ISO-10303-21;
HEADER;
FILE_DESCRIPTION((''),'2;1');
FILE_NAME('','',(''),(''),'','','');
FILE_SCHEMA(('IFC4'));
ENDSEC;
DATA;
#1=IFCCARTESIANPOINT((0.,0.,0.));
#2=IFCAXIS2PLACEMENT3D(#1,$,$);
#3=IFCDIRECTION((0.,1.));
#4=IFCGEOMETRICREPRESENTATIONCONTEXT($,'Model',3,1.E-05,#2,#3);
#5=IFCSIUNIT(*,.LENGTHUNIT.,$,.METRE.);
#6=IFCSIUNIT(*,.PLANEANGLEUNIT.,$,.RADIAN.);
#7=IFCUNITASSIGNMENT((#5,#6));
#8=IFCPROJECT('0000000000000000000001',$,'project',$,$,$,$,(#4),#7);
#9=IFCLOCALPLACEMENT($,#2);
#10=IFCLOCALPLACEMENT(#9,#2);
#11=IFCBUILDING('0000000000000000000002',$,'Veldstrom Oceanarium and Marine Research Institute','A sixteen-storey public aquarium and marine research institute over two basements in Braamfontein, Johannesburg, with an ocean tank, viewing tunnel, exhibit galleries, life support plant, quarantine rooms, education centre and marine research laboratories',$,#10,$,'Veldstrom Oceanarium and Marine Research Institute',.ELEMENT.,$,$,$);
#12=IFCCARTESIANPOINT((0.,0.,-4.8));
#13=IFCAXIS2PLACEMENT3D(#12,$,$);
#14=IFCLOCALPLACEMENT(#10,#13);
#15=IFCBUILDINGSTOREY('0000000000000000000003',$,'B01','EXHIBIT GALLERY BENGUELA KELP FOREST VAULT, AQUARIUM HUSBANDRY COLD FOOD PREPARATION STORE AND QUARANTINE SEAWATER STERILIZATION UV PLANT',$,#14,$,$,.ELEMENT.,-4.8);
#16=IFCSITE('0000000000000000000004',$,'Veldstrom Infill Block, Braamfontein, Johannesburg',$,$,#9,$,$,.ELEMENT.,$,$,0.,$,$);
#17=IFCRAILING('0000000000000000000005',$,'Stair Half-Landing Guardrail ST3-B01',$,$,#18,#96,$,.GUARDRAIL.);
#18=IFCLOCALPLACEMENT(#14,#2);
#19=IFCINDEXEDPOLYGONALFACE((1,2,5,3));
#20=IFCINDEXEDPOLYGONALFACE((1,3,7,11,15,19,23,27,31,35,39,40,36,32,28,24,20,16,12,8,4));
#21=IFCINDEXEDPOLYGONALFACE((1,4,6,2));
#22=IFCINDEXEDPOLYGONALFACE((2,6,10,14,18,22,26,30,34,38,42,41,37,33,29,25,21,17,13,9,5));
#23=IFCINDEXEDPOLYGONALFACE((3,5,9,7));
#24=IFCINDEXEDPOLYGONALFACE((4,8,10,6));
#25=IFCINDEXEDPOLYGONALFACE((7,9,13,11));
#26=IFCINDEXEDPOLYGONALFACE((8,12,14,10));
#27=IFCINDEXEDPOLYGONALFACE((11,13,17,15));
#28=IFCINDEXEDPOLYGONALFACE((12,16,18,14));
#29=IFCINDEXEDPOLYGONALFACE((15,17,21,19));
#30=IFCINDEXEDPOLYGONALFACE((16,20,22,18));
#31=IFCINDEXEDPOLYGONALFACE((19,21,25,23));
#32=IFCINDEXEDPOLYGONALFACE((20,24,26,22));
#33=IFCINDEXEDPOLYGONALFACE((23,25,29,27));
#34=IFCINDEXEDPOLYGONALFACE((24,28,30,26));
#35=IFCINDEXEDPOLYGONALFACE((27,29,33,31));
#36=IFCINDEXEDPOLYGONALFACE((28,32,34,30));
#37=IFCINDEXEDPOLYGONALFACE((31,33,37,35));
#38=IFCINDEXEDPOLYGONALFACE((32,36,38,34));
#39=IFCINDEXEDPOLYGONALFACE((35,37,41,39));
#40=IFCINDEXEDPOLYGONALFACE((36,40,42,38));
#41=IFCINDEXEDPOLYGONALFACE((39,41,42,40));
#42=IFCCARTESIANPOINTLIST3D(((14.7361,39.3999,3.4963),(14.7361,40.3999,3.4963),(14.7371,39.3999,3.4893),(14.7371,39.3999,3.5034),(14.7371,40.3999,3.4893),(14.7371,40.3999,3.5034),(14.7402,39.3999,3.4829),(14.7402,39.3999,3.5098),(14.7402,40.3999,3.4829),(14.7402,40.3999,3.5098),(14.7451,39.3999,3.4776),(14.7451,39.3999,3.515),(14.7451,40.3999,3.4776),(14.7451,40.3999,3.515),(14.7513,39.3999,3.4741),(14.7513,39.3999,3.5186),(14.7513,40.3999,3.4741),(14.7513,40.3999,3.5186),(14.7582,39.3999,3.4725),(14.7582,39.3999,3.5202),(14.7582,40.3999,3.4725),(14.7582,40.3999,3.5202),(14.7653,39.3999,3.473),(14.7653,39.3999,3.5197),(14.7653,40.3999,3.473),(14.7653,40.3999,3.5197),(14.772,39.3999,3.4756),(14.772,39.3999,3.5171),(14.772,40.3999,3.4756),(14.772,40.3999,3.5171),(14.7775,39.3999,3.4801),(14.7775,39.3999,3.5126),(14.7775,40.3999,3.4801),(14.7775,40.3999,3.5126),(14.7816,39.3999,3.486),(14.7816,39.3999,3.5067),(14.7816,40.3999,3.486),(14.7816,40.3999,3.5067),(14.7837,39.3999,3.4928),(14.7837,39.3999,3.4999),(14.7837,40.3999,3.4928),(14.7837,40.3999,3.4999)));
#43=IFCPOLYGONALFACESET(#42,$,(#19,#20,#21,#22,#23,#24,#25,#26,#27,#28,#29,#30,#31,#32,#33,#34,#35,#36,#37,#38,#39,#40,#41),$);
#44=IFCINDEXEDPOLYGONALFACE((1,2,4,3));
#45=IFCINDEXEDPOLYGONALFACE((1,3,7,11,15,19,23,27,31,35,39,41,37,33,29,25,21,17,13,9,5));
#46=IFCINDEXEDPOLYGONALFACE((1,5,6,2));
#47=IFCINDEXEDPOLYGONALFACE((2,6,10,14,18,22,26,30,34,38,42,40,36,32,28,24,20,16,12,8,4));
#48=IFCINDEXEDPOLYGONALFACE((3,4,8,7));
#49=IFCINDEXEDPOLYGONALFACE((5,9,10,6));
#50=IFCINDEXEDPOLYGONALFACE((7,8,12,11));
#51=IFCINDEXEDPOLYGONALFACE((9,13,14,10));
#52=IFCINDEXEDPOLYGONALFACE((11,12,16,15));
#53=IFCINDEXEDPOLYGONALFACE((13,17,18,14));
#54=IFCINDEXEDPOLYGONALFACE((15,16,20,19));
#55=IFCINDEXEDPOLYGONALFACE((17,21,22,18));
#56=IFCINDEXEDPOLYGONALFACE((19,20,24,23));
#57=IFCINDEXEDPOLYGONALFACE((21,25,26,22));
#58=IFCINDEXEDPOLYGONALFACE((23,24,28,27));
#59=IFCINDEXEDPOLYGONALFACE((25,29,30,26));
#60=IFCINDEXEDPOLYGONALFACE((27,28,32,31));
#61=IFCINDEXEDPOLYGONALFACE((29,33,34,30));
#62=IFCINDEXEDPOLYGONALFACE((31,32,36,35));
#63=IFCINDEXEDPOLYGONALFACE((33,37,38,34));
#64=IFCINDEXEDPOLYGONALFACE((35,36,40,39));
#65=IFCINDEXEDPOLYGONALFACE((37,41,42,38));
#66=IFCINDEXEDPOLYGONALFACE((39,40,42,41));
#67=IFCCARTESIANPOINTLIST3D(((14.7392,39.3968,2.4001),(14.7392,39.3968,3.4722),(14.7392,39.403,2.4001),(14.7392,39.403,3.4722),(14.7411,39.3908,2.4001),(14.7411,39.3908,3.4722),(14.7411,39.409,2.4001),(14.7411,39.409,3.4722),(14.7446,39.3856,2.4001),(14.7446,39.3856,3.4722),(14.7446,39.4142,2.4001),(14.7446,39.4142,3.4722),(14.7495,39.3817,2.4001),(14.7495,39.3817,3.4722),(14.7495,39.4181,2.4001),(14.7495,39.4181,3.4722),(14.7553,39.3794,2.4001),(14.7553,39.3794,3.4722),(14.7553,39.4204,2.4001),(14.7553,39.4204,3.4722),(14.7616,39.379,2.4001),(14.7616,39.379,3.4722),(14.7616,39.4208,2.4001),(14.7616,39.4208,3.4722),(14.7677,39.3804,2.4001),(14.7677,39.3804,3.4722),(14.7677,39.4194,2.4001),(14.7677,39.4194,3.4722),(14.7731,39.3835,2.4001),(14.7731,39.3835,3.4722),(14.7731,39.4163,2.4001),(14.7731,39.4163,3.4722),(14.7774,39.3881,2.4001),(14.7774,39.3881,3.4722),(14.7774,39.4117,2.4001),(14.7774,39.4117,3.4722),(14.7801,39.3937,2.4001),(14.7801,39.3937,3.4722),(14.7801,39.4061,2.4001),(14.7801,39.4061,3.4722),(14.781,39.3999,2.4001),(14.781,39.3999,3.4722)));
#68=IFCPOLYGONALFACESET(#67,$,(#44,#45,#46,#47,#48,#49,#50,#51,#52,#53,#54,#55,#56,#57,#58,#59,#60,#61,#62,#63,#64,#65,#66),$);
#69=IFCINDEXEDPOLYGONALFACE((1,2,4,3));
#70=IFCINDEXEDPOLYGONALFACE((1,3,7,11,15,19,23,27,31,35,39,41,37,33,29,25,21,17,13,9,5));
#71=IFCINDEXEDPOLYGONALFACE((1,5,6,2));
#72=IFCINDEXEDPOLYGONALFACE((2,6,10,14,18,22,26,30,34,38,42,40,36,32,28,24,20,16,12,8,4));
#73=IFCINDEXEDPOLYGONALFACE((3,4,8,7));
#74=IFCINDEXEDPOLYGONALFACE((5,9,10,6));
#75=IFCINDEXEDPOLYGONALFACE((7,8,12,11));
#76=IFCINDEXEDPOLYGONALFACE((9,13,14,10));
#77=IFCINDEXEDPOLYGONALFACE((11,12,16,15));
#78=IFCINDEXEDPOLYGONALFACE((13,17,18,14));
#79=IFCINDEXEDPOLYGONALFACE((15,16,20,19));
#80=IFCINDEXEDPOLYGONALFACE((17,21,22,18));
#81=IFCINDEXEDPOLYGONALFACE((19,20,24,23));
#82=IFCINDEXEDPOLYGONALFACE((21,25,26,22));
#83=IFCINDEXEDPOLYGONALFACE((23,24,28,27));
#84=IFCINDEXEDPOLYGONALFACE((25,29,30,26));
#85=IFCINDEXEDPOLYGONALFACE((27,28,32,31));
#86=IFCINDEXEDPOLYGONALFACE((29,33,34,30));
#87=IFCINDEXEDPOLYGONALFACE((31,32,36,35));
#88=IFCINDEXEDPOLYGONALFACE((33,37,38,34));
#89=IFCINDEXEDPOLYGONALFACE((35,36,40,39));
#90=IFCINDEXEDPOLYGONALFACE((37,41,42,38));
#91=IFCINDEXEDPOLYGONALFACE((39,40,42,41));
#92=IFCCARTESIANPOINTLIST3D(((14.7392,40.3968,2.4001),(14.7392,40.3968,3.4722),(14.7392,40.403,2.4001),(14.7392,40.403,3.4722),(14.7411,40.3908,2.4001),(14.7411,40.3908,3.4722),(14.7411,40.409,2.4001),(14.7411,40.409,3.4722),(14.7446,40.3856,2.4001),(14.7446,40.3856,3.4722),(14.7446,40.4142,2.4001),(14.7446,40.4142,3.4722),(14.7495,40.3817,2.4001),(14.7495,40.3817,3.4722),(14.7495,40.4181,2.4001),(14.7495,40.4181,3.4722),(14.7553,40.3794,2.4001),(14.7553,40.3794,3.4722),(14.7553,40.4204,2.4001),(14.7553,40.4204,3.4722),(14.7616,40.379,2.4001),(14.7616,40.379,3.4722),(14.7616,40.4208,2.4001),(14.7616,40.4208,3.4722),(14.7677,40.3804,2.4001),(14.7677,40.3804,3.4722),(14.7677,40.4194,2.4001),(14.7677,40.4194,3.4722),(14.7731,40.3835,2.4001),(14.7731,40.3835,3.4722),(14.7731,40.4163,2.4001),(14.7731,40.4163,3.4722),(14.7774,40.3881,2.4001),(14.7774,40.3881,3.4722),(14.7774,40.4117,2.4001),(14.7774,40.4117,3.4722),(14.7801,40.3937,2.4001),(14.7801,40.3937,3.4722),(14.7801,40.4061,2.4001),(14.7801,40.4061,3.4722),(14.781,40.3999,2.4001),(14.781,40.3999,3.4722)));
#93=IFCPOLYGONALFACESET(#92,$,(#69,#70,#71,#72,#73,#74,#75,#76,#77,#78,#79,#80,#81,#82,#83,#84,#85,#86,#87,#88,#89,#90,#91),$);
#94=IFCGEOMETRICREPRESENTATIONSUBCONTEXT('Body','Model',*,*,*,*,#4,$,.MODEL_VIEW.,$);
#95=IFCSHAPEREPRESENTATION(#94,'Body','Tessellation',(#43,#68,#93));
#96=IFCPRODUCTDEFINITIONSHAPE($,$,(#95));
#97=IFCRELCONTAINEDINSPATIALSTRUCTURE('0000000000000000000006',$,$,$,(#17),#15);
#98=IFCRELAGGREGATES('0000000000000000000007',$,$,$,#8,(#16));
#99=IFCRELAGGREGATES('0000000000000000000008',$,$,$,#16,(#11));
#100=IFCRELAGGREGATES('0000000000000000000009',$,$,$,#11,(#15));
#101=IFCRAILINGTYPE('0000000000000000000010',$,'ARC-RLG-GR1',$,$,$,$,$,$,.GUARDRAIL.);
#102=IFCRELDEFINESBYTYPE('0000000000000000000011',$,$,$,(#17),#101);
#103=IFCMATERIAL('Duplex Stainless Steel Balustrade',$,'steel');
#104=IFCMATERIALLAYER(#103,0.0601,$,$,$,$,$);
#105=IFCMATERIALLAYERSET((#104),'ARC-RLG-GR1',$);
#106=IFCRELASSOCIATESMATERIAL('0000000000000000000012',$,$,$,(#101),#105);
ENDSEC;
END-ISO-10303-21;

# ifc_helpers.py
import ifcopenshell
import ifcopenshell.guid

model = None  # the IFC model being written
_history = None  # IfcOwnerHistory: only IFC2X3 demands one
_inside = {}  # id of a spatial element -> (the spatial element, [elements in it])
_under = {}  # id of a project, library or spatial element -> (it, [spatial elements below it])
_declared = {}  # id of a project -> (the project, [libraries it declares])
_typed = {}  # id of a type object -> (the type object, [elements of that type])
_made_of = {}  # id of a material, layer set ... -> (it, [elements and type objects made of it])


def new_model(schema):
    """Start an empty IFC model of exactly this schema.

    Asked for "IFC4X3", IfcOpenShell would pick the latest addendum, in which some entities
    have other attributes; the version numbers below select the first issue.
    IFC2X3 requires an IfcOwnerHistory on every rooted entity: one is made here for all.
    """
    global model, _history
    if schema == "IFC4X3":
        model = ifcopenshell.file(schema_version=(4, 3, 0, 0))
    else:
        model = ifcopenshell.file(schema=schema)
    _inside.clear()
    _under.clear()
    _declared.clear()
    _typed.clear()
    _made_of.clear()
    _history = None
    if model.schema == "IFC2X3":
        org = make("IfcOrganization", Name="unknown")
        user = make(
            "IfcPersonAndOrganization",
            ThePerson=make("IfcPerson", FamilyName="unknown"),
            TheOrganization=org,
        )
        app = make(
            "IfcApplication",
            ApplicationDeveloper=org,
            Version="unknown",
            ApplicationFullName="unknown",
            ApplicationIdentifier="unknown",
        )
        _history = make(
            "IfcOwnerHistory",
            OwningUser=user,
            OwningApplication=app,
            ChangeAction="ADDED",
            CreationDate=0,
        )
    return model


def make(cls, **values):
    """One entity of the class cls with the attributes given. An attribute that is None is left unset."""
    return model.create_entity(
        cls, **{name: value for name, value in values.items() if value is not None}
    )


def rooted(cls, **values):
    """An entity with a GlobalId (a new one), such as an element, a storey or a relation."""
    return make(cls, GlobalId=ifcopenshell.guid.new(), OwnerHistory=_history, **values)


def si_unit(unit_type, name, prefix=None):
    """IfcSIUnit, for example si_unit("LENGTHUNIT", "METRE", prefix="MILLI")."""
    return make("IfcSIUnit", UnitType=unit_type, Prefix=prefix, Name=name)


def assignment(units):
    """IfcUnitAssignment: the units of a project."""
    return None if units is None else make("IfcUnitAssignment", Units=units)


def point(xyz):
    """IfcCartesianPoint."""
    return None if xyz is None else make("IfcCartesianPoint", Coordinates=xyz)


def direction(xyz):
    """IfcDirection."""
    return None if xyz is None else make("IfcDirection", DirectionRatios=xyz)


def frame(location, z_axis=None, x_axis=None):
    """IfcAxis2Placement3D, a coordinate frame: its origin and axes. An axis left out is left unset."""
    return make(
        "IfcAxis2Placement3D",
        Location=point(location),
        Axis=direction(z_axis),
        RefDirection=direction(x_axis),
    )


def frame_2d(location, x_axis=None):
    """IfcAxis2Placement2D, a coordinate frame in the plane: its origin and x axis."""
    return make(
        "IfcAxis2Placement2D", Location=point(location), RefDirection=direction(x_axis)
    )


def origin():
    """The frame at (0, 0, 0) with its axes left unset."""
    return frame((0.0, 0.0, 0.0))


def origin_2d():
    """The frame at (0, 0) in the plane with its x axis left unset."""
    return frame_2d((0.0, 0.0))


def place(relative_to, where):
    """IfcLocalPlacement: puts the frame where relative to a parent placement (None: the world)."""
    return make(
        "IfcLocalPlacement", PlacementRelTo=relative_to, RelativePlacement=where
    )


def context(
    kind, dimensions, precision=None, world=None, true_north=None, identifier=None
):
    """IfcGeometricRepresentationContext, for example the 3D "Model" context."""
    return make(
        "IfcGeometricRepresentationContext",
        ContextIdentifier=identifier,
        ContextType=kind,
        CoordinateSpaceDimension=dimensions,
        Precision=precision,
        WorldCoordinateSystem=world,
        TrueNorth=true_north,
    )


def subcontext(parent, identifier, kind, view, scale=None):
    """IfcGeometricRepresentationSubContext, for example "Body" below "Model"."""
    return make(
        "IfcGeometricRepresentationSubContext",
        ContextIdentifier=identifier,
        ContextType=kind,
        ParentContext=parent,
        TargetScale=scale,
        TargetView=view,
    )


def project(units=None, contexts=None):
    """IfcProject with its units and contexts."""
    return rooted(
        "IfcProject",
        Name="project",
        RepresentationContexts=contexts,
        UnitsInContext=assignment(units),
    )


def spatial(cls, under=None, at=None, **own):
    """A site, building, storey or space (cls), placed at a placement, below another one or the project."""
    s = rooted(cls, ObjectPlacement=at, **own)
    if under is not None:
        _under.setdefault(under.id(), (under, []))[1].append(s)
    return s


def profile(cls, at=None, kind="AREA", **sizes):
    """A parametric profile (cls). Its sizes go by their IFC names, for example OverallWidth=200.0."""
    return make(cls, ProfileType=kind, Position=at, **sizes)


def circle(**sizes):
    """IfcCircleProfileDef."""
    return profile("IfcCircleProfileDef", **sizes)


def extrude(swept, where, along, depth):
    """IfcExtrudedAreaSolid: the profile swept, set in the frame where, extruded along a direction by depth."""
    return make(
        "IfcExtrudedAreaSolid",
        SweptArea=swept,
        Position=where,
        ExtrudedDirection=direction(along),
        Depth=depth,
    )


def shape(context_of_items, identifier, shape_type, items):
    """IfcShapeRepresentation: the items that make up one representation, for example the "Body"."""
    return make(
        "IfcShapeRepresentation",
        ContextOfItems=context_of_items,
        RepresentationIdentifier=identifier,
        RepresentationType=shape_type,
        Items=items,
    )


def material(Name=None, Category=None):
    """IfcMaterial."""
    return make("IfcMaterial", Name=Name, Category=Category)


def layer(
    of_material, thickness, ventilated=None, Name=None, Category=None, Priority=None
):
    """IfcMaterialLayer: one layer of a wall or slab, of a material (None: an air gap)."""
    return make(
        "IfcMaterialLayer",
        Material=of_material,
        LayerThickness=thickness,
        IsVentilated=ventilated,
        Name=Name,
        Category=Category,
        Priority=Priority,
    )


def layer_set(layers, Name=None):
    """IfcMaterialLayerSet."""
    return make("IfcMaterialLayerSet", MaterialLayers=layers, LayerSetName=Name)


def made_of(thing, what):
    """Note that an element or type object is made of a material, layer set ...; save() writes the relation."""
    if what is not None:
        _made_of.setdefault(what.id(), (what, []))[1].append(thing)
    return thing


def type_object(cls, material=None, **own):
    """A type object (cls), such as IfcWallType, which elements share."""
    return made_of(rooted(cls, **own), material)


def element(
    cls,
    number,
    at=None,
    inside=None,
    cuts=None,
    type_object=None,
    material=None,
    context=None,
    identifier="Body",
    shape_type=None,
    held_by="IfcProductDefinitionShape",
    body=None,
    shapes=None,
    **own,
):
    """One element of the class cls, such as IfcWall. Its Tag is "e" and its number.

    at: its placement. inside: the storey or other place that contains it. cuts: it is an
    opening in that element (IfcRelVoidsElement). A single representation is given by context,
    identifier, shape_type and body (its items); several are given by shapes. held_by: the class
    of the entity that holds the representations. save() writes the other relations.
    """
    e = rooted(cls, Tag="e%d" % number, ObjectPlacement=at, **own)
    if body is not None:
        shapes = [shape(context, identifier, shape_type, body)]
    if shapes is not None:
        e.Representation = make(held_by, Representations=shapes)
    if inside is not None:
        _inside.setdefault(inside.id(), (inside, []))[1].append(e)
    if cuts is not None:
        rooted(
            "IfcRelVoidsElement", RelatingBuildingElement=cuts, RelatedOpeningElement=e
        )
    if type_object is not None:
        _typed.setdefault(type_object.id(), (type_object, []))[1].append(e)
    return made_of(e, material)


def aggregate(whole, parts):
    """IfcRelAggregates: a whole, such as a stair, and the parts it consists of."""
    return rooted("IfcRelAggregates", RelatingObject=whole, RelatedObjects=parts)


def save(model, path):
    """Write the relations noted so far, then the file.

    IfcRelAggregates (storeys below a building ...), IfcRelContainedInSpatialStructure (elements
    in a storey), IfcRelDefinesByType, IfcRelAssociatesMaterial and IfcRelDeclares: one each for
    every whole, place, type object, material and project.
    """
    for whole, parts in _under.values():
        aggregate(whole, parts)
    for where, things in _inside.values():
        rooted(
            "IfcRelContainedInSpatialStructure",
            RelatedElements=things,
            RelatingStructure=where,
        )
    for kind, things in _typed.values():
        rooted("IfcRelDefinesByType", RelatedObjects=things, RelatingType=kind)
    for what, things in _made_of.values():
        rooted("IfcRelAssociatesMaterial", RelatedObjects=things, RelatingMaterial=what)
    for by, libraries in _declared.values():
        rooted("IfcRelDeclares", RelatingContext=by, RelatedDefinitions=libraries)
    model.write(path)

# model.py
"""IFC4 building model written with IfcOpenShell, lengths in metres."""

from ifc_helpers import new_model, si_unit, direction, frame, origin, origin_2d, place, context, subcontext, project, spatial, circle, extrude, material, layer, layer_set, type_object, element, save


model = new_model("IFC4")

# Units and contexts
model_context = context("Model", 3, precision=1e-05, world=origin(), true_north=direction((0.0, 1.0)))
body_context = subcontext(model_context, "Body", "Model", "MODEL_VIEW")
ifc_project = project(units=[si_unit("LENGTHUNIT", "METRE"), si_unit("PLANEANGLEUNIT", "RADIAN")], contexts=[model_context])

# Site, building, storey
site_placement = place(None, origin())
site = spatial("IfcSite", under=ifc_project, at=site_placement, Name="Veldstrom Infill Block, Braamfontein, Johannesburg", CompositionType="ELEMENT", RefElevation=0.0)
building_placement = place(site_placement, origin())
building = spatial("IfcBuilding", under=site, at=building_placement, Name="Veldstrom Oceanarium and Marine Research Institute", Description="A sixteen-storey public aquarium and marine research institute over two basements in Braamfontein, Johannesburg, with an ocean tank, viewing tunnel, exhibit galleries, life support plant, quarantine rooms, education centre and marine research laboratories", LongName="Veldstrom Oceanarium and Marine Research Institute", CompositionType="ELEMENT")
storey_placement = place(building_placement, frame((0.0, 0.0, -4.8)))
storey = spatial("IfcBuildingStorey", under=building, at=storey_placement, Name="B01", Description="EXHIBIT GALLERY BENGUELA KELP FOREST VAULT, AQUARIUM HUSBANDRY COLD FOOD PREPARATION STORE AND QUARANTINE SEAWATER STERILIZATION UV PLANT", CompositionType="ELEMENT", Elevation=-4.8)

# Railing
ifc_material_1 = material(Name="Duplex Stainless Steel Balustrade", Category="steel")
ifc_layer_1 = layer(ifc_material_1, 0.0601)
ifc_layer_set_1 = layer_set([ifc_layer_1], Name="ARC-RLG-GR1")
railing_type_1 = type_object("IfcRailingType", Name="ARC-RLG-GR1", PredefinedType="GUARDRAIL", material=ifc_layer_set_1)
railing_1_placement = place(storey_placement, frame((14.76, 39.3999, 2.4001)))
element("IfcRailing", 1, at=railing_1_placement, inside=storey, type_object=railing_type_1, Name="Stair Half-Landing Guardrail ST3-B01", PredefinedType="GUARDRAIL", context=body_context, shape_type="SweptSolid", body=[
    extrude(circle(Radius=0.0239, at=origin_2d()), frame((0.0, 0.0, 1.0962), z_axis=(0.0, 1.0, 0.0), x_axis=(-1.0, 0.0, 0.0)), (0.0, 0.0, 1.0), 1.0),
    extrude(circle(Radius=0.021, at=origin_2d()), origin(), (0.0, 0.0, 1.0), 1.072),
    extrude(circle(Radius=0.021, at=origin_2d()), frame((0.0, 1.0, 0.0)), (0.0, 0.0, 1.0), 1.072),
])

save(model, "model.ifc")
